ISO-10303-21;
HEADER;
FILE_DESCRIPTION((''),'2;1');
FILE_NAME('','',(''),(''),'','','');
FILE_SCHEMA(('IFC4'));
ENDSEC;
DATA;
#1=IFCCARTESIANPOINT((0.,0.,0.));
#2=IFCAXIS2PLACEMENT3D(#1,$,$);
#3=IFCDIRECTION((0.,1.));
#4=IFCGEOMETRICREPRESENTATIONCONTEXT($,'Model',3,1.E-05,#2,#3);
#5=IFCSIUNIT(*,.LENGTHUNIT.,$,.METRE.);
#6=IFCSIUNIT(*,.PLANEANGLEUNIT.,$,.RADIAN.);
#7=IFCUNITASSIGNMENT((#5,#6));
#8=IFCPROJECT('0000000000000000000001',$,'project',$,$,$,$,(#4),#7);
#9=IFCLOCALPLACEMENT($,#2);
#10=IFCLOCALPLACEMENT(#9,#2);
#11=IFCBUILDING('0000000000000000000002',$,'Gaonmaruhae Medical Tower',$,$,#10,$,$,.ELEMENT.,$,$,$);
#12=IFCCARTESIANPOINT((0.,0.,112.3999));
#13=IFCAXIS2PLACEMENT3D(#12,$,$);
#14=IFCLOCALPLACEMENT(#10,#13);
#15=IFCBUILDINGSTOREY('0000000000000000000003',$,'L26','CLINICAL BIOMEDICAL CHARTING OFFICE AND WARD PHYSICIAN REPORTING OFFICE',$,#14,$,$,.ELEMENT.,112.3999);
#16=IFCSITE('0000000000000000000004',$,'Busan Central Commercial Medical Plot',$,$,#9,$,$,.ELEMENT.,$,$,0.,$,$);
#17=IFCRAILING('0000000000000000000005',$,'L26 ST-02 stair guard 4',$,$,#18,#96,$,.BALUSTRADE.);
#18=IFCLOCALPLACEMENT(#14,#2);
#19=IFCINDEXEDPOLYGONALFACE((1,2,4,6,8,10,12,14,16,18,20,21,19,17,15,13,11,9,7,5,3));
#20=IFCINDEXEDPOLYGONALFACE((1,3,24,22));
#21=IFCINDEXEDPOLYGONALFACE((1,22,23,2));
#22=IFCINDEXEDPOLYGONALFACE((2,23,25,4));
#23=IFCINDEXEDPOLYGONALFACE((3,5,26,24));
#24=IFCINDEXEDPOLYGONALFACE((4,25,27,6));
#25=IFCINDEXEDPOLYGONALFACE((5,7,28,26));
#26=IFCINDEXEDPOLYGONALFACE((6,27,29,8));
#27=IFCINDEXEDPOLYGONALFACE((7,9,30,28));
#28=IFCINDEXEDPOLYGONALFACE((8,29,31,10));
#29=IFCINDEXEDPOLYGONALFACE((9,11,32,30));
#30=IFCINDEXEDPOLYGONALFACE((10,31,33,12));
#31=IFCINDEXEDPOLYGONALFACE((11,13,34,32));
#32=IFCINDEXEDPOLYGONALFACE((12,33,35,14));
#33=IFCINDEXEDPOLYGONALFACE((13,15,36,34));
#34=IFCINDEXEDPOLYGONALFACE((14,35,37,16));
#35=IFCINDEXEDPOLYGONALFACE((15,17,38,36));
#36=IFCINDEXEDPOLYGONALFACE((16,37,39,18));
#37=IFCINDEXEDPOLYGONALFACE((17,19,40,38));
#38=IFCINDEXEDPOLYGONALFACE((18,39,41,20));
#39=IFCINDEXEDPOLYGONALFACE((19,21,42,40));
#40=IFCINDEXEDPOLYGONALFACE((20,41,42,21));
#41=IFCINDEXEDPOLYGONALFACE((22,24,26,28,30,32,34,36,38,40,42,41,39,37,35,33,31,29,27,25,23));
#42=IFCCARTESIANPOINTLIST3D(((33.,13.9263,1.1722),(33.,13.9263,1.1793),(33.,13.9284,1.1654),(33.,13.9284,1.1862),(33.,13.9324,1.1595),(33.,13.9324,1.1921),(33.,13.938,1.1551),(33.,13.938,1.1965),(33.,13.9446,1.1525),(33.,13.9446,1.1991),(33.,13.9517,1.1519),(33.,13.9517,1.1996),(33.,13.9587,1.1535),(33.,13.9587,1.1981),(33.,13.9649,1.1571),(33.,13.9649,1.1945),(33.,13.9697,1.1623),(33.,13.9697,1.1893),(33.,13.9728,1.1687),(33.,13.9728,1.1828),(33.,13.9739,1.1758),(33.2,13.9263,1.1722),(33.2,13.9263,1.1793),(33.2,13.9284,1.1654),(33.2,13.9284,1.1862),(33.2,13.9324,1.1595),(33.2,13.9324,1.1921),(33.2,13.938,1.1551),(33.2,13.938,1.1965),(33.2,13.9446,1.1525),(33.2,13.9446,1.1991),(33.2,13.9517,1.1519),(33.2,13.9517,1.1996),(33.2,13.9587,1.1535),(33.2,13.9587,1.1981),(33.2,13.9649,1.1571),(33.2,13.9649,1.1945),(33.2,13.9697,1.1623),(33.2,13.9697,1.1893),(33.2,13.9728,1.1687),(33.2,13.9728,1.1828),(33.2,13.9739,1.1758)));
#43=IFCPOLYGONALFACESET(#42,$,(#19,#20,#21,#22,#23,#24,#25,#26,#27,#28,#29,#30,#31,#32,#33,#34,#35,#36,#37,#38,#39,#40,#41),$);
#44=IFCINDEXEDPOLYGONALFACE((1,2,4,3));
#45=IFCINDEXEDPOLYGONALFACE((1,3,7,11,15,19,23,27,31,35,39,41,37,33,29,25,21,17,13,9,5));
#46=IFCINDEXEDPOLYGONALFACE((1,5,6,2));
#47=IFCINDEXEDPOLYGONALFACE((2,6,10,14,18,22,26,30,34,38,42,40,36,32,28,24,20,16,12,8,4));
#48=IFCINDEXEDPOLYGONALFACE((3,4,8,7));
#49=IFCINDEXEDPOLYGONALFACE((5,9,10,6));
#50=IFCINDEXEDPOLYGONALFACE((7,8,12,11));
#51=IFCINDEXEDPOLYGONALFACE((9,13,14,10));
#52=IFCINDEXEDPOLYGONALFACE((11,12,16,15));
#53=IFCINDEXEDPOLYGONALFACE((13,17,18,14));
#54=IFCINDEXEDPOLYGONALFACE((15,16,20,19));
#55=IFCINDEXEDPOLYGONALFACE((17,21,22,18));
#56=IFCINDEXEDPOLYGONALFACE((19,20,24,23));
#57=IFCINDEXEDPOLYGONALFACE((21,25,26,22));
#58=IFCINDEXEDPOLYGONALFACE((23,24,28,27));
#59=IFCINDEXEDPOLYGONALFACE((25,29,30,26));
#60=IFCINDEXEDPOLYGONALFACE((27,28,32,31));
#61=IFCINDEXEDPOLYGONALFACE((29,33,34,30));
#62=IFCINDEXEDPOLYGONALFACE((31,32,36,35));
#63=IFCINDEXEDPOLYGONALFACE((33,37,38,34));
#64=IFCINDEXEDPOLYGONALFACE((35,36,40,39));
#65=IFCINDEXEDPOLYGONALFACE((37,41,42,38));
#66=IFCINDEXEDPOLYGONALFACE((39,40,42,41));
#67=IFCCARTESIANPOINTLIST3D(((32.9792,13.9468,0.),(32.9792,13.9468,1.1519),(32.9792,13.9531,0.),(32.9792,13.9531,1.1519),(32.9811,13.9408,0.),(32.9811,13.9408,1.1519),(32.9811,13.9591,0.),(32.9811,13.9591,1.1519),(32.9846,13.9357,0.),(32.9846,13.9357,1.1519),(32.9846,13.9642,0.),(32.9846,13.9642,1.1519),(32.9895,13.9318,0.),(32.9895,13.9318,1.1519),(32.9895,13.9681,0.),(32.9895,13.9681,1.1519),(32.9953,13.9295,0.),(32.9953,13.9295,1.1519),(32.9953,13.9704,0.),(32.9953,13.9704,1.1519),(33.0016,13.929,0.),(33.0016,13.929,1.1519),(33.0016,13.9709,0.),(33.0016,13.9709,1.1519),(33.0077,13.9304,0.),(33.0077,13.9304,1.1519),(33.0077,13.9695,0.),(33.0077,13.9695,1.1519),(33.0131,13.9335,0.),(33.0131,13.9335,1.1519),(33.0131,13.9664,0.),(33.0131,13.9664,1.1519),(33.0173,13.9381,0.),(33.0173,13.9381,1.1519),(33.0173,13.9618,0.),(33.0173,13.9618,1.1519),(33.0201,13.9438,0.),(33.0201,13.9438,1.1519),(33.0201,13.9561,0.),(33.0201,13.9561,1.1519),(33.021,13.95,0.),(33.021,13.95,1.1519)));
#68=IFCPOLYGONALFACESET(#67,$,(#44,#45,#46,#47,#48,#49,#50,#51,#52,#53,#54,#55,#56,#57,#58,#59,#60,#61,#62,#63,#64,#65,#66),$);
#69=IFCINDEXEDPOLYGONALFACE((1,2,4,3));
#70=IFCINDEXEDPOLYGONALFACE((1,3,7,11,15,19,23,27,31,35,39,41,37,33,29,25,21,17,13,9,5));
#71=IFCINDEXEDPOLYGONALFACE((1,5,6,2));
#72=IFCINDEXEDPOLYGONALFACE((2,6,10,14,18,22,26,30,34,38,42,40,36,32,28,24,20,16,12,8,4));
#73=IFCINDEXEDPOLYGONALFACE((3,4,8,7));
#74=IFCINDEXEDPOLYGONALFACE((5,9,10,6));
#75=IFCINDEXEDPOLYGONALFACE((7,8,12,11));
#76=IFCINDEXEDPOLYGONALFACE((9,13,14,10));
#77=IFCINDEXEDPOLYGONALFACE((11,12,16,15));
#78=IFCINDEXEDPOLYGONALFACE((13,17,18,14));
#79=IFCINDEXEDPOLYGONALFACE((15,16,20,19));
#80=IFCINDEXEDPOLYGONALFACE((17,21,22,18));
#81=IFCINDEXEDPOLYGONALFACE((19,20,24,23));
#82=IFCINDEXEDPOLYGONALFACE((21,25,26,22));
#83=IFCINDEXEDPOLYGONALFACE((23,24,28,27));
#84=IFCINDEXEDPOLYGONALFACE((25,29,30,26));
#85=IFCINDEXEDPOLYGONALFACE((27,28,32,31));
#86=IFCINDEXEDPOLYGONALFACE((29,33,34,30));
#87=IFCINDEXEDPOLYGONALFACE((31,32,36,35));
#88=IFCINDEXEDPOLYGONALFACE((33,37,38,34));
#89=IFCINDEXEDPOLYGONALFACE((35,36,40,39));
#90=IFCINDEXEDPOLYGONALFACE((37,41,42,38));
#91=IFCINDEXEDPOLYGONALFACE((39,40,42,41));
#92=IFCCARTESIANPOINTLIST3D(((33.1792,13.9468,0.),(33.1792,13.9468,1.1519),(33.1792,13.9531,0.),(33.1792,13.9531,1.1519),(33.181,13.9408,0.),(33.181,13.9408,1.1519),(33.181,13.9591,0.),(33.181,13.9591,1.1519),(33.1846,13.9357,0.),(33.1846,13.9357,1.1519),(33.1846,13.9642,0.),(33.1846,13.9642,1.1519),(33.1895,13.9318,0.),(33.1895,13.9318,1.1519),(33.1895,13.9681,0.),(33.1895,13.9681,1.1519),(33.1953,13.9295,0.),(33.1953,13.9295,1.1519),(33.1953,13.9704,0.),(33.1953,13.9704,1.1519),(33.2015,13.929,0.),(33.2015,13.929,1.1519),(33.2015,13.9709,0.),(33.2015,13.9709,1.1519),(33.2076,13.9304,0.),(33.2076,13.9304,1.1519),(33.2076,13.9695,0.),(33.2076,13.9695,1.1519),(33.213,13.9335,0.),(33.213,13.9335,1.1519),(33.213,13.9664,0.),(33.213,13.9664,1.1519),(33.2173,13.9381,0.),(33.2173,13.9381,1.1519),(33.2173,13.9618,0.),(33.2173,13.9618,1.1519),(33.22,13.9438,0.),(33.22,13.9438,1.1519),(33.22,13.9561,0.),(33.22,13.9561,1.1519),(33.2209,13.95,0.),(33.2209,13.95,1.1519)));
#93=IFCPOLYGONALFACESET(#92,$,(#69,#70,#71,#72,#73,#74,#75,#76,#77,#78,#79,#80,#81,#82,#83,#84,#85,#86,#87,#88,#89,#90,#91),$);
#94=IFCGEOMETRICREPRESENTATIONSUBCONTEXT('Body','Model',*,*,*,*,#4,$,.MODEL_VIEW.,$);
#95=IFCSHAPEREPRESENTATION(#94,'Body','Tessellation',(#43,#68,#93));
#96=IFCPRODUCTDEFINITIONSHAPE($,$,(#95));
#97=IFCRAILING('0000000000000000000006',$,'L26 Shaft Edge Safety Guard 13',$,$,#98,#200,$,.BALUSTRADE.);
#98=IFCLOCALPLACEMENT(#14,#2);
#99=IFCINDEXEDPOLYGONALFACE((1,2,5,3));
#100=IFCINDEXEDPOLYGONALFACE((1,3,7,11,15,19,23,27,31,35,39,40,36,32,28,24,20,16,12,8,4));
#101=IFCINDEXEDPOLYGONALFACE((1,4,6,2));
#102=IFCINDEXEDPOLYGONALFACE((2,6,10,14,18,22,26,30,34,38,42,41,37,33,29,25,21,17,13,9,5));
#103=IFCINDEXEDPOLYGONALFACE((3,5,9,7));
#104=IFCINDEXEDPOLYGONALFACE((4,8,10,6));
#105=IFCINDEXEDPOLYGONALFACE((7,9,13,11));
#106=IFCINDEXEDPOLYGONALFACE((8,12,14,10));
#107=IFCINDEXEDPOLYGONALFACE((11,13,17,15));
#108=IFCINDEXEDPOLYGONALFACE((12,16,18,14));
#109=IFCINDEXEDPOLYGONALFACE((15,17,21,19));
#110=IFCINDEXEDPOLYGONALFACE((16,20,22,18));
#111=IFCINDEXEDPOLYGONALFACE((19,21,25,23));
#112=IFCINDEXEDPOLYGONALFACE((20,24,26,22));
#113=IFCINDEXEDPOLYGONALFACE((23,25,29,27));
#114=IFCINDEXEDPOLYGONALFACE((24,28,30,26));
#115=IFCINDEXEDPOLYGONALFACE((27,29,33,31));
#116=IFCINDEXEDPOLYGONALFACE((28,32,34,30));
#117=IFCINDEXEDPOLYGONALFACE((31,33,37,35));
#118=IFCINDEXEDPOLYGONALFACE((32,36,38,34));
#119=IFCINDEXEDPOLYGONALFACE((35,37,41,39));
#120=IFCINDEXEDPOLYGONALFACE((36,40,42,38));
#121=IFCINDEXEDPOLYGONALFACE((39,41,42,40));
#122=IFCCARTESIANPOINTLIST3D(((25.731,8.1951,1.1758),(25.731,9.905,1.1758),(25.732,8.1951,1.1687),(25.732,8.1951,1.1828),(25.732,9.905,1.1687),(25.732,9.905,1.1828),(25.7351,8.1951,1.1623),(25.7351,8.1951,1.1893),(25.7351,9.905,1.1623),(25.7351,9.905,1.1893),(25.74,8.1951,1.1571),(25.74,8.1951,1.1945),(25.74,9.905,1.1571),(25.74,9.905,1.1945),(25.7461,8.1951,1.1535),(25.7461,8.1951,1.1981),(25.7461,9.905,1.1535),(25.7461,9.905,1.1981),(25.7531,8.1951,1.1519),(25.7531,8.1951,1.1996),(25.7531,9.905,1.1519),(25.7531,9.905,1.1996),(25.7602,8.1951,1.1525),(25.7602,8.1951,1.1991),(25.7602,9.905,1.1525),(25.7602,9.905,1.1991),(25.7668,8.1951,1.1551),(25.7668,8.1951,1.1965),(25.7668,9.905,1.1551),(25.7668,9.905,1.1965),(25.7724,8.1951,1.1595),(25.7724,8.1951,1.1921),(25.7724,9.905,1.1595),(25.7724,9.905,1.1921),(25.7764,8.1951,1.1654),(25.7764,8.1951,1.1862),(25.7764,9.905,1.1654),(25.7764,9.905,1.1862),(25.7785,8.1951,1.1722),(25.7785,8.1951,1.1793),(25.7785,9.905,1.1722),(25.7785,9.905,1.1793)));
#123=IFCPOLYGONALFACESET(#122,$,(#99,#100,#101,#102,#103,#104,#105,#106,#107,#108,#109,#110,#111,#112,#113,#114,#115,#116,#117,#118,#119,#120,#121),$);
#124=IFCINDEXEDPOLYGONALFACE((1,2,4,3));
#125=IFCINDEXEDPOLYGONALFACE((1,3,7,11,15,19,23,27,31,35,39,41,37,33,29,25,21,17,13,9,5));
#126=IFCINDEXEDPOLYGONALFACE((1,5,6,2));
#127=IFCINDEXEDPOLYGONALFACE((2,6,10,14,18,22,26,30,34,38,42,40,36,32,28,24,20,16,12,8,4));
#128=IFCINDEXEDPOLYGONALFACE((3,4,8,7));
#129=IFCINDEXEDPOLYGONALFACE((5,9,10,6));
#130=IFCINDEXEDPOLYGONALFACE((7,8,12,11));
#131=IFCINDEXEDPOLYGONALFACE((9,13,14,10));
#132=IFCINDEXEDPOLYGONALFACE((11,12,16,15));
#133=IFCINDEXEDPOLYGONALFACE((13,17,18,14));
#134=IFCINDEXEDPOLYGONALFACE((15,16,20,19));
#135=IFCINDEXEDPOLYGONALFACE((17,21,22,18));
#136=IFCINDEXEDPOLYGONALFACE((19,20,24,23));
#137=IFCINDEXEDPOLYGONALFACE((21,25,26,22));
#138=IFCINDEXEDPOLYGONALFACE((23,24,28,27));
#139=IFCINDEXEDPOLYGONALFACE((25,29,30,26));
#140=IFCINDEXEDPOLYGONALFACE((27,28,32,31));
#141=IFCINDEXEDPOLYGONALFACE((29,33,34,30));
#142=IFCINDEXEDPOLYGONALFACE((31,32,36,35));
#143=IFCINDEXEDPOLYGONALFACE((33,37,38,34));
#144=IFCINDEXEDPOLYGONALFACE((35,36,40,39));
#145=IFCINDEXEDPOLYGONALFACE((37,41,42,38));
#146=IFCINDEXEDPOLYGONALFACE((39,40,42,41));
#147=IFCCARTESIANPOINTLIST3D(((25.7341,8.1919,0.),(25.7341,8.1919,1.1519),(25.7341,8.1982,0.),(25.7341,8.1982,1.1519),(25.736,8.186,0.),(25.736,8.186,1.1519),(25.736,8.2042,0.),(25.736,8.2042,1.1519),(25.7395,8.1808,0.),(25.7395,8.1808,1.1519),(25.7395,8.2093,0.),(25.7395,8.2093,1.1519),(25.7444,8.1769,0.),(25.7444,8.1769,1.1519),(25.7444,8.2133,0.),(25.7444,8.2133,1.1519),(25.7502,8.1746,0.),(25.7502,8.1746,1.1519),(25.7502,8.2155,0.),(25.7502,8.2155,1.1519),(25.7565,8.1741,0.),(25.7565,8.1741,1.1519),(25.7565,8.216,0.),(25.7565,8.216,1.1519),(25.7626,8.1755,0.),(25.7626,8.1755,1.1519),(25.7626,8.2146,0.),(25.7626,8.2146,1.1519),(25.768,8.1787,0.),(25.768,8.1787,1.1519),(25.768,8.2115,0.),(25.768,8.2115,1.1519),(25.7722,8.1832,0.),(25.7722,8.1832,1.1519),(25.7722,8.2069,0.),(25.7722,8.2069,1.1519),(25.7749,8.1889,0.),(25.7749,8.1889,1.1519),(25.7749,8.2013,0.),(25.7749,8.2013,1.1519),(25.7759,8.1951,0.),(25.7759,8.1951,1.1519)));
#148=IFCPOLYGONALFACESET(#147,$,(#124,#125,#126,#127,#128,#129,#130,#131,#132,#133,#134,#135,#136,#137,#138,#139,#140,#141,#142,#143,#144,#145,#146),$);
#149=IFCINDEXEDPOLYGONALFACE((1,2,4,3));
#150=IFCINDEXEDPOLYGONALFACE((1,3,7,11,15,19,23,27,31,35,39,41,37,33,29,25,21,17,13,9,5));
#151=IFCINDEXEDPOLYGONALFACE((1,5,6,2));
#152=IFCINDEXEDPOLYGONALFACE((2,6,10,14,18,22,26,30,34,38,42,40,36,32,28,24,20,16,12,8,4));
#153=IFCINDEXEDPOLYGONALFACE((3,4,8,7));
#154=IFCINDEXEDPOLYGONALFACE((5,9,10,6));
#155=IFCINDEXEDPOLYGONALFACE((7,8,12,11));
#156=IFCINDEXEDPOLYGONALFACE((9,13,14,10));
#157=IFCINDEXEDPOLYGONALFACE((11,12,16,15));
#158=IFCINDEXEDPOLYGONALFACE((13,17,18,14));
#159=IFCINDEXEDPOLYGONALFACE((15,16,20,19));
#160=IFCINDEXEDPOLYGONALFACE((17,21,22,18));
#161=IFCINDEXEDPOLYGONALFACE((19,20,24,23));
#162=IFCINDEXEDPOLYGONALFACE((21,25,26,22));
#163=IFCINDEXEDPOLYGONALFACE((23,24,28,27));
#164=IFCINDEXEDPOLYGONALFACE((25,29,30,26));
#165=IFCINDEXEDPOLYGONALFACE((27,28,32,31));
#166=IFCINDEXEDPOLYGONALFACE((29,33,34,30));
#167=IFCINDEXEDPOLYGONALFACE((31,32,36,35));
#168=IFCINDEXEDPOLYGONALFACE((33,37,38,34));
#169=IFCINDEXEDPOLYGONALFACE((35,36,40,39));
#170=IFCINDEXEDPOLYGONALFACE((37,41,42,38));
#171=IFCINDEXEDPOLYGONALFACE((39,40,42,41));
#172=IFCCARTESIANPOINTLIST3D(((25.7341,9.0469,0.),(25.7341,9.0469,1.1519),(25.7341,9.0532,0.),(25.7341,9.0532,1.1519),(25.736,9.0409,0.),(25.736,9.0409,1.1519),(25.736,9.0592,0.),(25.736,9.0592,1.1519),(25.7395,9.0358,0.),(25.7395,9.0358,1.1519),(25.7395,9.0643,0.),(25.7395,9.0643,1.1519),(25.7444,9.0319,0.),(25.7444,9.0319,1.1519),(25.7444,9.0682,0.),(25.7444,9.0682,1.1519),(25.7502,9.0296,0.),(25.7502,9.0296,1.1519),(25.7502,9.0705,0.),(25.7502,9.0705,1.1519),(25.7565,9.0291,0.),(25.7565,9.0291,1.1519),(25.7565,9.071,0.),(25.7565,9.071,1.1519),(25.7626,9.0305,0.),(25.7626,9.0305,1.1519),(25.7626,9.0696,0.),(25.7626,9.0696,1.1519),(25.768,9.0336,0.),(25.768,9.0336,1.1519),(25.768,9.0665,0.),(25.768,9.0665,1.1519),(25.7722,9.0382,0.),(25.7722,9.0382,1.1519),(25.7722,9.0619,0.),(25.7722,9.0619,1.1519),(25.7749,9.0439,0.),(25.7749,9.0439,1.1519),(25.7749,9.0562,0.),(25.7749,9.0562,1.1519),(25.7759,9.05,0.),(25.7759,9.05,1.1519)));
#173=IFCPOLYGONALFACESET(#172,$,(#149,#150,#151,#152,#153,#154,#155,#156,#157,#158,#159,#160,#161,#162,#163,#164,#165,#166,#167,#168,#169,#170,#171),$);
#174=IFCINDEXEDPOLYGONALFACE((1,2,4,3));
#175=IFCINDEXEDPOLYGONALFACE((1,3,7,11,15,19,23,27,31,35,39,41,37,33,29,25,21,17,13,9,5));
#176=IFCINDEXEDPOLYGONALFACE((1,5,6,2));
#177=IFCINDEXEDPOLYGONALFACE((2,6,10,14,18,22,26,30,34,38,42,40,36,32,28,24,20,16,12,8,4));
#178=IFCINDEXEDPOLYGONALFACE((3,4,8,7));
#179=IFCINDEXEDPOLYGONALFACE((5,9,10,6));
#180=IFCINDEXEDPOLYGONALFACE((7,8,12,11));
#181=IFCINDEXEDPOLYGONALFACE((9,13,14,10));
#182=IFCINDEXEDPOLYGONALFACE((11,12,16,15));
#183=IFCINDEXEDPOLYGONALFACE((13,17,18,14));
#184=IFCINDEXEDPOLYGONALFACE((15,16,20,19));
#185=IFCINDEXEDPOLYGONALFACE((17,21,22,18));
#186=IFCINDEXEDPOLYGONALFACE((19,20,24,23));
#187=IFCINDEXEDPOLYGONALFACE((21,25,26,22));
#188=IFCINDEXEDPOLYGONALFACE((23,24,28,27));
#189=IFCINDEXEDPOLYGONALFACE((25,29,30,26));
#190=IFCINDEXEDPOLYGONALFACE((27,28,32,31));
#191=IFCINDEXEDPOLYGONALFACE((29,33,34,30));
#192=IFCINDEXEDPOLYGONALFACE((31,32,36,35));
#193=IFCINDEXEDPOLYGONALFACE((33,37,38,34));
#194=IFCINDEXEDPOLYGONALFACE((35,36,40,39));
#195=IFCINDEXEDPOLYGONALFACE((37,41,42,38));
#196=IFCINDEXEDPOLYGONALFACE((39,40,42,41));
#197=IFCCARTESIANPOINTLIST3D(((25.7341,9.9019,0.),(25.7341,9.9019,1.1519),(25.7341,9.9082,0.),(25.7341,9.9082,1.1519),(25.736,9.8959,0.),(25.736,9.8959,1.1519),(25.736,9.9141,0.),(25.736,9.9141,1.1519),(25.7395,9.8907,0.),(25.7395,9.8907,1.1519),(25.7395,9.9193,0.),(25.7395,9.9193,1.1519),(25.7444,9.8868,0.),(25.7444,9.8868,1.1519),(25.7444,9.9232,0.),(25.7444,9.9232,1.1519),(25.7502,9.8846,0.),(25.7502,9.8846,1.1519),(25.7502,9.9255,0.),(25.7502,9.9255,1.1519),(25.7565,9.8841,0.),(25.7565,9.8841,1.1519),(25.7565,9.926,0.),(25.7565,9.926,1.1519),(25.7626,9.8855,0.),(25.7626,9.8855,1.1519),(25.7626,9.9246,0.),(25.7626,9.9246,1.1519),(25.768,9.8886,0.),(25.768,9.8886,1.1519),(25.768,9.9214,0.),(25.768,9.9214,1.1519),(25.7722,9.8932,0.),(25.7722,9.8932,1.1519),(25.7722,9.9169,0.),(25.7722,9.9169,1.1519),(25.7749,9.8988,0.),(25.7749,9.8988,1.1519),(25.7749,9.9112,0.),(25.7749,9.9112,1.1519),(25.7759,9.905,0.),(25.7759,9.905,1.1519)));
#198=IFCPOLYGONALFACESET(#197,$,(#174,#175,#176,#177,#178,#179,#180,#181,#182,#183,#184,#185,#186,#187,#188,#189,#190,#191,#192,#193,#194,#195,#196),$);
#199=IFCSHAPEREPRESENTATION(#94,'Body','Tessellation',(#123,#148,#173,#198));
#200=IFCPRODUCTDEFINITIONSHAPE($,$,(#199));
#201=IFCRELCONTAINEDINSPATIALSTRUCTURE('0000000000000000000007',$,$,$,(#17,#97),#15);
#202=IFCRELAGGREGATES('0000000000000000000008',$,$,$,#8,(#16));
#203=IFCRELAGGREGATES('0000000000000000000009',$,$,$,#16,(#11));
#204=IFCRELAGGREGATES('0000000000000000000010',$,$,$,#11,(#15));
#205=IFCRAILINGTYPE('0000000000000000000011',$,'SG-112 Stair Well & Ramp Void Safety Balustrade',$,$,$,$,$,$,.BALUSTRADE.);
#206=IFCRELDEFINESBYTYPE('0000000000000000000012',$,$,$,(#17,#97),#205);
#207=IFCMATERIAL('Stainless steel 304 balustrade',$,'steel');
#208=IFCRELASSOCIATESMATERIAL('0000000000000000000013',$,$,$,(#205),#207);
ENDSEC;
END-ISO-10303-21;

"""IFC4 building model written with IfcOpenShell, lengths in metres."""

from ifc_helpers import new_model, si_unit, direction, frame, origin, origin_2d, place, context, subcontext, project, spatial, circle, extrude, material, type_object, element, save


model = new_model("IFC4")

# Units and contexts
model_context = context("Model", 3, precision=1e-05, world=origin(), true_north=direction((0.0, 1.0)))
body_context = subcontext(model_context, "Body", "Model", "MODEL_VIEW")
ifc_project = project(units=[si_unit("LENGTHUNIT", "METRE"), si_unit("PLANEANGLEUNIT", "RADIAN")], contexts=[model_context])

# Site, building, storey
site_placement = place(None, origin())
site = spatial("IfcSite", under=ifc_project, at=site_placement, Name="Busan Central Commercial Medical Plot", CompositionType="ELEMENT", RefElevation=0.0)
building_placement = place(site_placement, origin())
building = spatial("IfcBuilding", under=site, at=building_placement, Name="Gaonmaruhae Medical Tower", CompositionType="ELEMENT")
storey_placement = place(building_placement, frame((0.0, 0.0, 112.3999)))
storey = spatial("IfcBuildingStorey", under=building, at=storey_placement, Name="L26", Description="CLINICAL BIOMEDICAL CHARTING OFFICE AND WARD PHYSICIAN REPORTING OFFICE", CompositionType="ELEMENT", Elevation=112.3999)

# Railings
ifc_material_1 = material(Name="Stainless steel 304 balustrade", Category="steel")
railing_type_1 = type_object("IfcRailingType", Name="SG-112 Stair Well & Ramp Void Safety Balustrade", PredefinedType="BALUSTRADE", material=ifc_material_1)
railing_1_placement = place(storey_placement, frame((33.0, 13.95, 0.0)))
element("IfcRailing", 1, at=railing_1_placement, inside=storey, type_object=railing_type_1, Name="L26 ST-02 stair guard 4", PredefinedType="BALUSTRADE", context=body_context, shape_type="SweptSolid", body=[
    extrude(circle(Radius=0.0239, at=origin_2d()), frame((0.0, 0.0, 1.1758), z_axis=(1.0, 0.0, 0.0), x_axis=(0.0, 1.0, 0.0)), (0.0, 0.0, 1.0), 0.2),
    extrude(circle(Radius=0.021, at=origin_2d()), origin(), (0.0, 0.0, 1.0), 1.1519),
    extrude(circle(Radius=0.021, at=origin_2d()), frame((0.2, 0.0, 0.0)), (0.0, 0.0, 1.0), 1.1519),
])
railing_2_placement = place(storey_placement, frame((25.7549, 8.1951, 0.0)))
element("IfcRailing", 2, at=railing_2_placement, inside=storey, type_object=railing_type_1, Name="L26 Shaft Edge Safety Guard 13", PredefinedType="BALUSTRADE", context=body_context, shape_type="SweptSolid", body=[
    extrude(circle(Radius=0.0239, at=origin_2d()), frame((0.0, 0.0, 1.1758), z_axis=(0.0, 1.0, 0.0), x_axis=(-1.0, 0.0, 0.0)), (0.0, 0.0, 1.0), 1.71),
    extrude(circle(Radius=0.021, at=origin_2d()), origin(), (0.0, 0.0, 1.0), 1.1519),
    extrude(circle(Radius=0.021, at=origin_2d()), frame((0.0, 0.855, 0.0)), (0.0, 0.0, 1.0), 1.1519),
    extrude(circle(Radius=0.021, at=origin_2d()), frame((0.0, 1.71, 0.0)), (0.0, 0.0, 1.0), 1.1519),
])

save(model, "model.ifc")
